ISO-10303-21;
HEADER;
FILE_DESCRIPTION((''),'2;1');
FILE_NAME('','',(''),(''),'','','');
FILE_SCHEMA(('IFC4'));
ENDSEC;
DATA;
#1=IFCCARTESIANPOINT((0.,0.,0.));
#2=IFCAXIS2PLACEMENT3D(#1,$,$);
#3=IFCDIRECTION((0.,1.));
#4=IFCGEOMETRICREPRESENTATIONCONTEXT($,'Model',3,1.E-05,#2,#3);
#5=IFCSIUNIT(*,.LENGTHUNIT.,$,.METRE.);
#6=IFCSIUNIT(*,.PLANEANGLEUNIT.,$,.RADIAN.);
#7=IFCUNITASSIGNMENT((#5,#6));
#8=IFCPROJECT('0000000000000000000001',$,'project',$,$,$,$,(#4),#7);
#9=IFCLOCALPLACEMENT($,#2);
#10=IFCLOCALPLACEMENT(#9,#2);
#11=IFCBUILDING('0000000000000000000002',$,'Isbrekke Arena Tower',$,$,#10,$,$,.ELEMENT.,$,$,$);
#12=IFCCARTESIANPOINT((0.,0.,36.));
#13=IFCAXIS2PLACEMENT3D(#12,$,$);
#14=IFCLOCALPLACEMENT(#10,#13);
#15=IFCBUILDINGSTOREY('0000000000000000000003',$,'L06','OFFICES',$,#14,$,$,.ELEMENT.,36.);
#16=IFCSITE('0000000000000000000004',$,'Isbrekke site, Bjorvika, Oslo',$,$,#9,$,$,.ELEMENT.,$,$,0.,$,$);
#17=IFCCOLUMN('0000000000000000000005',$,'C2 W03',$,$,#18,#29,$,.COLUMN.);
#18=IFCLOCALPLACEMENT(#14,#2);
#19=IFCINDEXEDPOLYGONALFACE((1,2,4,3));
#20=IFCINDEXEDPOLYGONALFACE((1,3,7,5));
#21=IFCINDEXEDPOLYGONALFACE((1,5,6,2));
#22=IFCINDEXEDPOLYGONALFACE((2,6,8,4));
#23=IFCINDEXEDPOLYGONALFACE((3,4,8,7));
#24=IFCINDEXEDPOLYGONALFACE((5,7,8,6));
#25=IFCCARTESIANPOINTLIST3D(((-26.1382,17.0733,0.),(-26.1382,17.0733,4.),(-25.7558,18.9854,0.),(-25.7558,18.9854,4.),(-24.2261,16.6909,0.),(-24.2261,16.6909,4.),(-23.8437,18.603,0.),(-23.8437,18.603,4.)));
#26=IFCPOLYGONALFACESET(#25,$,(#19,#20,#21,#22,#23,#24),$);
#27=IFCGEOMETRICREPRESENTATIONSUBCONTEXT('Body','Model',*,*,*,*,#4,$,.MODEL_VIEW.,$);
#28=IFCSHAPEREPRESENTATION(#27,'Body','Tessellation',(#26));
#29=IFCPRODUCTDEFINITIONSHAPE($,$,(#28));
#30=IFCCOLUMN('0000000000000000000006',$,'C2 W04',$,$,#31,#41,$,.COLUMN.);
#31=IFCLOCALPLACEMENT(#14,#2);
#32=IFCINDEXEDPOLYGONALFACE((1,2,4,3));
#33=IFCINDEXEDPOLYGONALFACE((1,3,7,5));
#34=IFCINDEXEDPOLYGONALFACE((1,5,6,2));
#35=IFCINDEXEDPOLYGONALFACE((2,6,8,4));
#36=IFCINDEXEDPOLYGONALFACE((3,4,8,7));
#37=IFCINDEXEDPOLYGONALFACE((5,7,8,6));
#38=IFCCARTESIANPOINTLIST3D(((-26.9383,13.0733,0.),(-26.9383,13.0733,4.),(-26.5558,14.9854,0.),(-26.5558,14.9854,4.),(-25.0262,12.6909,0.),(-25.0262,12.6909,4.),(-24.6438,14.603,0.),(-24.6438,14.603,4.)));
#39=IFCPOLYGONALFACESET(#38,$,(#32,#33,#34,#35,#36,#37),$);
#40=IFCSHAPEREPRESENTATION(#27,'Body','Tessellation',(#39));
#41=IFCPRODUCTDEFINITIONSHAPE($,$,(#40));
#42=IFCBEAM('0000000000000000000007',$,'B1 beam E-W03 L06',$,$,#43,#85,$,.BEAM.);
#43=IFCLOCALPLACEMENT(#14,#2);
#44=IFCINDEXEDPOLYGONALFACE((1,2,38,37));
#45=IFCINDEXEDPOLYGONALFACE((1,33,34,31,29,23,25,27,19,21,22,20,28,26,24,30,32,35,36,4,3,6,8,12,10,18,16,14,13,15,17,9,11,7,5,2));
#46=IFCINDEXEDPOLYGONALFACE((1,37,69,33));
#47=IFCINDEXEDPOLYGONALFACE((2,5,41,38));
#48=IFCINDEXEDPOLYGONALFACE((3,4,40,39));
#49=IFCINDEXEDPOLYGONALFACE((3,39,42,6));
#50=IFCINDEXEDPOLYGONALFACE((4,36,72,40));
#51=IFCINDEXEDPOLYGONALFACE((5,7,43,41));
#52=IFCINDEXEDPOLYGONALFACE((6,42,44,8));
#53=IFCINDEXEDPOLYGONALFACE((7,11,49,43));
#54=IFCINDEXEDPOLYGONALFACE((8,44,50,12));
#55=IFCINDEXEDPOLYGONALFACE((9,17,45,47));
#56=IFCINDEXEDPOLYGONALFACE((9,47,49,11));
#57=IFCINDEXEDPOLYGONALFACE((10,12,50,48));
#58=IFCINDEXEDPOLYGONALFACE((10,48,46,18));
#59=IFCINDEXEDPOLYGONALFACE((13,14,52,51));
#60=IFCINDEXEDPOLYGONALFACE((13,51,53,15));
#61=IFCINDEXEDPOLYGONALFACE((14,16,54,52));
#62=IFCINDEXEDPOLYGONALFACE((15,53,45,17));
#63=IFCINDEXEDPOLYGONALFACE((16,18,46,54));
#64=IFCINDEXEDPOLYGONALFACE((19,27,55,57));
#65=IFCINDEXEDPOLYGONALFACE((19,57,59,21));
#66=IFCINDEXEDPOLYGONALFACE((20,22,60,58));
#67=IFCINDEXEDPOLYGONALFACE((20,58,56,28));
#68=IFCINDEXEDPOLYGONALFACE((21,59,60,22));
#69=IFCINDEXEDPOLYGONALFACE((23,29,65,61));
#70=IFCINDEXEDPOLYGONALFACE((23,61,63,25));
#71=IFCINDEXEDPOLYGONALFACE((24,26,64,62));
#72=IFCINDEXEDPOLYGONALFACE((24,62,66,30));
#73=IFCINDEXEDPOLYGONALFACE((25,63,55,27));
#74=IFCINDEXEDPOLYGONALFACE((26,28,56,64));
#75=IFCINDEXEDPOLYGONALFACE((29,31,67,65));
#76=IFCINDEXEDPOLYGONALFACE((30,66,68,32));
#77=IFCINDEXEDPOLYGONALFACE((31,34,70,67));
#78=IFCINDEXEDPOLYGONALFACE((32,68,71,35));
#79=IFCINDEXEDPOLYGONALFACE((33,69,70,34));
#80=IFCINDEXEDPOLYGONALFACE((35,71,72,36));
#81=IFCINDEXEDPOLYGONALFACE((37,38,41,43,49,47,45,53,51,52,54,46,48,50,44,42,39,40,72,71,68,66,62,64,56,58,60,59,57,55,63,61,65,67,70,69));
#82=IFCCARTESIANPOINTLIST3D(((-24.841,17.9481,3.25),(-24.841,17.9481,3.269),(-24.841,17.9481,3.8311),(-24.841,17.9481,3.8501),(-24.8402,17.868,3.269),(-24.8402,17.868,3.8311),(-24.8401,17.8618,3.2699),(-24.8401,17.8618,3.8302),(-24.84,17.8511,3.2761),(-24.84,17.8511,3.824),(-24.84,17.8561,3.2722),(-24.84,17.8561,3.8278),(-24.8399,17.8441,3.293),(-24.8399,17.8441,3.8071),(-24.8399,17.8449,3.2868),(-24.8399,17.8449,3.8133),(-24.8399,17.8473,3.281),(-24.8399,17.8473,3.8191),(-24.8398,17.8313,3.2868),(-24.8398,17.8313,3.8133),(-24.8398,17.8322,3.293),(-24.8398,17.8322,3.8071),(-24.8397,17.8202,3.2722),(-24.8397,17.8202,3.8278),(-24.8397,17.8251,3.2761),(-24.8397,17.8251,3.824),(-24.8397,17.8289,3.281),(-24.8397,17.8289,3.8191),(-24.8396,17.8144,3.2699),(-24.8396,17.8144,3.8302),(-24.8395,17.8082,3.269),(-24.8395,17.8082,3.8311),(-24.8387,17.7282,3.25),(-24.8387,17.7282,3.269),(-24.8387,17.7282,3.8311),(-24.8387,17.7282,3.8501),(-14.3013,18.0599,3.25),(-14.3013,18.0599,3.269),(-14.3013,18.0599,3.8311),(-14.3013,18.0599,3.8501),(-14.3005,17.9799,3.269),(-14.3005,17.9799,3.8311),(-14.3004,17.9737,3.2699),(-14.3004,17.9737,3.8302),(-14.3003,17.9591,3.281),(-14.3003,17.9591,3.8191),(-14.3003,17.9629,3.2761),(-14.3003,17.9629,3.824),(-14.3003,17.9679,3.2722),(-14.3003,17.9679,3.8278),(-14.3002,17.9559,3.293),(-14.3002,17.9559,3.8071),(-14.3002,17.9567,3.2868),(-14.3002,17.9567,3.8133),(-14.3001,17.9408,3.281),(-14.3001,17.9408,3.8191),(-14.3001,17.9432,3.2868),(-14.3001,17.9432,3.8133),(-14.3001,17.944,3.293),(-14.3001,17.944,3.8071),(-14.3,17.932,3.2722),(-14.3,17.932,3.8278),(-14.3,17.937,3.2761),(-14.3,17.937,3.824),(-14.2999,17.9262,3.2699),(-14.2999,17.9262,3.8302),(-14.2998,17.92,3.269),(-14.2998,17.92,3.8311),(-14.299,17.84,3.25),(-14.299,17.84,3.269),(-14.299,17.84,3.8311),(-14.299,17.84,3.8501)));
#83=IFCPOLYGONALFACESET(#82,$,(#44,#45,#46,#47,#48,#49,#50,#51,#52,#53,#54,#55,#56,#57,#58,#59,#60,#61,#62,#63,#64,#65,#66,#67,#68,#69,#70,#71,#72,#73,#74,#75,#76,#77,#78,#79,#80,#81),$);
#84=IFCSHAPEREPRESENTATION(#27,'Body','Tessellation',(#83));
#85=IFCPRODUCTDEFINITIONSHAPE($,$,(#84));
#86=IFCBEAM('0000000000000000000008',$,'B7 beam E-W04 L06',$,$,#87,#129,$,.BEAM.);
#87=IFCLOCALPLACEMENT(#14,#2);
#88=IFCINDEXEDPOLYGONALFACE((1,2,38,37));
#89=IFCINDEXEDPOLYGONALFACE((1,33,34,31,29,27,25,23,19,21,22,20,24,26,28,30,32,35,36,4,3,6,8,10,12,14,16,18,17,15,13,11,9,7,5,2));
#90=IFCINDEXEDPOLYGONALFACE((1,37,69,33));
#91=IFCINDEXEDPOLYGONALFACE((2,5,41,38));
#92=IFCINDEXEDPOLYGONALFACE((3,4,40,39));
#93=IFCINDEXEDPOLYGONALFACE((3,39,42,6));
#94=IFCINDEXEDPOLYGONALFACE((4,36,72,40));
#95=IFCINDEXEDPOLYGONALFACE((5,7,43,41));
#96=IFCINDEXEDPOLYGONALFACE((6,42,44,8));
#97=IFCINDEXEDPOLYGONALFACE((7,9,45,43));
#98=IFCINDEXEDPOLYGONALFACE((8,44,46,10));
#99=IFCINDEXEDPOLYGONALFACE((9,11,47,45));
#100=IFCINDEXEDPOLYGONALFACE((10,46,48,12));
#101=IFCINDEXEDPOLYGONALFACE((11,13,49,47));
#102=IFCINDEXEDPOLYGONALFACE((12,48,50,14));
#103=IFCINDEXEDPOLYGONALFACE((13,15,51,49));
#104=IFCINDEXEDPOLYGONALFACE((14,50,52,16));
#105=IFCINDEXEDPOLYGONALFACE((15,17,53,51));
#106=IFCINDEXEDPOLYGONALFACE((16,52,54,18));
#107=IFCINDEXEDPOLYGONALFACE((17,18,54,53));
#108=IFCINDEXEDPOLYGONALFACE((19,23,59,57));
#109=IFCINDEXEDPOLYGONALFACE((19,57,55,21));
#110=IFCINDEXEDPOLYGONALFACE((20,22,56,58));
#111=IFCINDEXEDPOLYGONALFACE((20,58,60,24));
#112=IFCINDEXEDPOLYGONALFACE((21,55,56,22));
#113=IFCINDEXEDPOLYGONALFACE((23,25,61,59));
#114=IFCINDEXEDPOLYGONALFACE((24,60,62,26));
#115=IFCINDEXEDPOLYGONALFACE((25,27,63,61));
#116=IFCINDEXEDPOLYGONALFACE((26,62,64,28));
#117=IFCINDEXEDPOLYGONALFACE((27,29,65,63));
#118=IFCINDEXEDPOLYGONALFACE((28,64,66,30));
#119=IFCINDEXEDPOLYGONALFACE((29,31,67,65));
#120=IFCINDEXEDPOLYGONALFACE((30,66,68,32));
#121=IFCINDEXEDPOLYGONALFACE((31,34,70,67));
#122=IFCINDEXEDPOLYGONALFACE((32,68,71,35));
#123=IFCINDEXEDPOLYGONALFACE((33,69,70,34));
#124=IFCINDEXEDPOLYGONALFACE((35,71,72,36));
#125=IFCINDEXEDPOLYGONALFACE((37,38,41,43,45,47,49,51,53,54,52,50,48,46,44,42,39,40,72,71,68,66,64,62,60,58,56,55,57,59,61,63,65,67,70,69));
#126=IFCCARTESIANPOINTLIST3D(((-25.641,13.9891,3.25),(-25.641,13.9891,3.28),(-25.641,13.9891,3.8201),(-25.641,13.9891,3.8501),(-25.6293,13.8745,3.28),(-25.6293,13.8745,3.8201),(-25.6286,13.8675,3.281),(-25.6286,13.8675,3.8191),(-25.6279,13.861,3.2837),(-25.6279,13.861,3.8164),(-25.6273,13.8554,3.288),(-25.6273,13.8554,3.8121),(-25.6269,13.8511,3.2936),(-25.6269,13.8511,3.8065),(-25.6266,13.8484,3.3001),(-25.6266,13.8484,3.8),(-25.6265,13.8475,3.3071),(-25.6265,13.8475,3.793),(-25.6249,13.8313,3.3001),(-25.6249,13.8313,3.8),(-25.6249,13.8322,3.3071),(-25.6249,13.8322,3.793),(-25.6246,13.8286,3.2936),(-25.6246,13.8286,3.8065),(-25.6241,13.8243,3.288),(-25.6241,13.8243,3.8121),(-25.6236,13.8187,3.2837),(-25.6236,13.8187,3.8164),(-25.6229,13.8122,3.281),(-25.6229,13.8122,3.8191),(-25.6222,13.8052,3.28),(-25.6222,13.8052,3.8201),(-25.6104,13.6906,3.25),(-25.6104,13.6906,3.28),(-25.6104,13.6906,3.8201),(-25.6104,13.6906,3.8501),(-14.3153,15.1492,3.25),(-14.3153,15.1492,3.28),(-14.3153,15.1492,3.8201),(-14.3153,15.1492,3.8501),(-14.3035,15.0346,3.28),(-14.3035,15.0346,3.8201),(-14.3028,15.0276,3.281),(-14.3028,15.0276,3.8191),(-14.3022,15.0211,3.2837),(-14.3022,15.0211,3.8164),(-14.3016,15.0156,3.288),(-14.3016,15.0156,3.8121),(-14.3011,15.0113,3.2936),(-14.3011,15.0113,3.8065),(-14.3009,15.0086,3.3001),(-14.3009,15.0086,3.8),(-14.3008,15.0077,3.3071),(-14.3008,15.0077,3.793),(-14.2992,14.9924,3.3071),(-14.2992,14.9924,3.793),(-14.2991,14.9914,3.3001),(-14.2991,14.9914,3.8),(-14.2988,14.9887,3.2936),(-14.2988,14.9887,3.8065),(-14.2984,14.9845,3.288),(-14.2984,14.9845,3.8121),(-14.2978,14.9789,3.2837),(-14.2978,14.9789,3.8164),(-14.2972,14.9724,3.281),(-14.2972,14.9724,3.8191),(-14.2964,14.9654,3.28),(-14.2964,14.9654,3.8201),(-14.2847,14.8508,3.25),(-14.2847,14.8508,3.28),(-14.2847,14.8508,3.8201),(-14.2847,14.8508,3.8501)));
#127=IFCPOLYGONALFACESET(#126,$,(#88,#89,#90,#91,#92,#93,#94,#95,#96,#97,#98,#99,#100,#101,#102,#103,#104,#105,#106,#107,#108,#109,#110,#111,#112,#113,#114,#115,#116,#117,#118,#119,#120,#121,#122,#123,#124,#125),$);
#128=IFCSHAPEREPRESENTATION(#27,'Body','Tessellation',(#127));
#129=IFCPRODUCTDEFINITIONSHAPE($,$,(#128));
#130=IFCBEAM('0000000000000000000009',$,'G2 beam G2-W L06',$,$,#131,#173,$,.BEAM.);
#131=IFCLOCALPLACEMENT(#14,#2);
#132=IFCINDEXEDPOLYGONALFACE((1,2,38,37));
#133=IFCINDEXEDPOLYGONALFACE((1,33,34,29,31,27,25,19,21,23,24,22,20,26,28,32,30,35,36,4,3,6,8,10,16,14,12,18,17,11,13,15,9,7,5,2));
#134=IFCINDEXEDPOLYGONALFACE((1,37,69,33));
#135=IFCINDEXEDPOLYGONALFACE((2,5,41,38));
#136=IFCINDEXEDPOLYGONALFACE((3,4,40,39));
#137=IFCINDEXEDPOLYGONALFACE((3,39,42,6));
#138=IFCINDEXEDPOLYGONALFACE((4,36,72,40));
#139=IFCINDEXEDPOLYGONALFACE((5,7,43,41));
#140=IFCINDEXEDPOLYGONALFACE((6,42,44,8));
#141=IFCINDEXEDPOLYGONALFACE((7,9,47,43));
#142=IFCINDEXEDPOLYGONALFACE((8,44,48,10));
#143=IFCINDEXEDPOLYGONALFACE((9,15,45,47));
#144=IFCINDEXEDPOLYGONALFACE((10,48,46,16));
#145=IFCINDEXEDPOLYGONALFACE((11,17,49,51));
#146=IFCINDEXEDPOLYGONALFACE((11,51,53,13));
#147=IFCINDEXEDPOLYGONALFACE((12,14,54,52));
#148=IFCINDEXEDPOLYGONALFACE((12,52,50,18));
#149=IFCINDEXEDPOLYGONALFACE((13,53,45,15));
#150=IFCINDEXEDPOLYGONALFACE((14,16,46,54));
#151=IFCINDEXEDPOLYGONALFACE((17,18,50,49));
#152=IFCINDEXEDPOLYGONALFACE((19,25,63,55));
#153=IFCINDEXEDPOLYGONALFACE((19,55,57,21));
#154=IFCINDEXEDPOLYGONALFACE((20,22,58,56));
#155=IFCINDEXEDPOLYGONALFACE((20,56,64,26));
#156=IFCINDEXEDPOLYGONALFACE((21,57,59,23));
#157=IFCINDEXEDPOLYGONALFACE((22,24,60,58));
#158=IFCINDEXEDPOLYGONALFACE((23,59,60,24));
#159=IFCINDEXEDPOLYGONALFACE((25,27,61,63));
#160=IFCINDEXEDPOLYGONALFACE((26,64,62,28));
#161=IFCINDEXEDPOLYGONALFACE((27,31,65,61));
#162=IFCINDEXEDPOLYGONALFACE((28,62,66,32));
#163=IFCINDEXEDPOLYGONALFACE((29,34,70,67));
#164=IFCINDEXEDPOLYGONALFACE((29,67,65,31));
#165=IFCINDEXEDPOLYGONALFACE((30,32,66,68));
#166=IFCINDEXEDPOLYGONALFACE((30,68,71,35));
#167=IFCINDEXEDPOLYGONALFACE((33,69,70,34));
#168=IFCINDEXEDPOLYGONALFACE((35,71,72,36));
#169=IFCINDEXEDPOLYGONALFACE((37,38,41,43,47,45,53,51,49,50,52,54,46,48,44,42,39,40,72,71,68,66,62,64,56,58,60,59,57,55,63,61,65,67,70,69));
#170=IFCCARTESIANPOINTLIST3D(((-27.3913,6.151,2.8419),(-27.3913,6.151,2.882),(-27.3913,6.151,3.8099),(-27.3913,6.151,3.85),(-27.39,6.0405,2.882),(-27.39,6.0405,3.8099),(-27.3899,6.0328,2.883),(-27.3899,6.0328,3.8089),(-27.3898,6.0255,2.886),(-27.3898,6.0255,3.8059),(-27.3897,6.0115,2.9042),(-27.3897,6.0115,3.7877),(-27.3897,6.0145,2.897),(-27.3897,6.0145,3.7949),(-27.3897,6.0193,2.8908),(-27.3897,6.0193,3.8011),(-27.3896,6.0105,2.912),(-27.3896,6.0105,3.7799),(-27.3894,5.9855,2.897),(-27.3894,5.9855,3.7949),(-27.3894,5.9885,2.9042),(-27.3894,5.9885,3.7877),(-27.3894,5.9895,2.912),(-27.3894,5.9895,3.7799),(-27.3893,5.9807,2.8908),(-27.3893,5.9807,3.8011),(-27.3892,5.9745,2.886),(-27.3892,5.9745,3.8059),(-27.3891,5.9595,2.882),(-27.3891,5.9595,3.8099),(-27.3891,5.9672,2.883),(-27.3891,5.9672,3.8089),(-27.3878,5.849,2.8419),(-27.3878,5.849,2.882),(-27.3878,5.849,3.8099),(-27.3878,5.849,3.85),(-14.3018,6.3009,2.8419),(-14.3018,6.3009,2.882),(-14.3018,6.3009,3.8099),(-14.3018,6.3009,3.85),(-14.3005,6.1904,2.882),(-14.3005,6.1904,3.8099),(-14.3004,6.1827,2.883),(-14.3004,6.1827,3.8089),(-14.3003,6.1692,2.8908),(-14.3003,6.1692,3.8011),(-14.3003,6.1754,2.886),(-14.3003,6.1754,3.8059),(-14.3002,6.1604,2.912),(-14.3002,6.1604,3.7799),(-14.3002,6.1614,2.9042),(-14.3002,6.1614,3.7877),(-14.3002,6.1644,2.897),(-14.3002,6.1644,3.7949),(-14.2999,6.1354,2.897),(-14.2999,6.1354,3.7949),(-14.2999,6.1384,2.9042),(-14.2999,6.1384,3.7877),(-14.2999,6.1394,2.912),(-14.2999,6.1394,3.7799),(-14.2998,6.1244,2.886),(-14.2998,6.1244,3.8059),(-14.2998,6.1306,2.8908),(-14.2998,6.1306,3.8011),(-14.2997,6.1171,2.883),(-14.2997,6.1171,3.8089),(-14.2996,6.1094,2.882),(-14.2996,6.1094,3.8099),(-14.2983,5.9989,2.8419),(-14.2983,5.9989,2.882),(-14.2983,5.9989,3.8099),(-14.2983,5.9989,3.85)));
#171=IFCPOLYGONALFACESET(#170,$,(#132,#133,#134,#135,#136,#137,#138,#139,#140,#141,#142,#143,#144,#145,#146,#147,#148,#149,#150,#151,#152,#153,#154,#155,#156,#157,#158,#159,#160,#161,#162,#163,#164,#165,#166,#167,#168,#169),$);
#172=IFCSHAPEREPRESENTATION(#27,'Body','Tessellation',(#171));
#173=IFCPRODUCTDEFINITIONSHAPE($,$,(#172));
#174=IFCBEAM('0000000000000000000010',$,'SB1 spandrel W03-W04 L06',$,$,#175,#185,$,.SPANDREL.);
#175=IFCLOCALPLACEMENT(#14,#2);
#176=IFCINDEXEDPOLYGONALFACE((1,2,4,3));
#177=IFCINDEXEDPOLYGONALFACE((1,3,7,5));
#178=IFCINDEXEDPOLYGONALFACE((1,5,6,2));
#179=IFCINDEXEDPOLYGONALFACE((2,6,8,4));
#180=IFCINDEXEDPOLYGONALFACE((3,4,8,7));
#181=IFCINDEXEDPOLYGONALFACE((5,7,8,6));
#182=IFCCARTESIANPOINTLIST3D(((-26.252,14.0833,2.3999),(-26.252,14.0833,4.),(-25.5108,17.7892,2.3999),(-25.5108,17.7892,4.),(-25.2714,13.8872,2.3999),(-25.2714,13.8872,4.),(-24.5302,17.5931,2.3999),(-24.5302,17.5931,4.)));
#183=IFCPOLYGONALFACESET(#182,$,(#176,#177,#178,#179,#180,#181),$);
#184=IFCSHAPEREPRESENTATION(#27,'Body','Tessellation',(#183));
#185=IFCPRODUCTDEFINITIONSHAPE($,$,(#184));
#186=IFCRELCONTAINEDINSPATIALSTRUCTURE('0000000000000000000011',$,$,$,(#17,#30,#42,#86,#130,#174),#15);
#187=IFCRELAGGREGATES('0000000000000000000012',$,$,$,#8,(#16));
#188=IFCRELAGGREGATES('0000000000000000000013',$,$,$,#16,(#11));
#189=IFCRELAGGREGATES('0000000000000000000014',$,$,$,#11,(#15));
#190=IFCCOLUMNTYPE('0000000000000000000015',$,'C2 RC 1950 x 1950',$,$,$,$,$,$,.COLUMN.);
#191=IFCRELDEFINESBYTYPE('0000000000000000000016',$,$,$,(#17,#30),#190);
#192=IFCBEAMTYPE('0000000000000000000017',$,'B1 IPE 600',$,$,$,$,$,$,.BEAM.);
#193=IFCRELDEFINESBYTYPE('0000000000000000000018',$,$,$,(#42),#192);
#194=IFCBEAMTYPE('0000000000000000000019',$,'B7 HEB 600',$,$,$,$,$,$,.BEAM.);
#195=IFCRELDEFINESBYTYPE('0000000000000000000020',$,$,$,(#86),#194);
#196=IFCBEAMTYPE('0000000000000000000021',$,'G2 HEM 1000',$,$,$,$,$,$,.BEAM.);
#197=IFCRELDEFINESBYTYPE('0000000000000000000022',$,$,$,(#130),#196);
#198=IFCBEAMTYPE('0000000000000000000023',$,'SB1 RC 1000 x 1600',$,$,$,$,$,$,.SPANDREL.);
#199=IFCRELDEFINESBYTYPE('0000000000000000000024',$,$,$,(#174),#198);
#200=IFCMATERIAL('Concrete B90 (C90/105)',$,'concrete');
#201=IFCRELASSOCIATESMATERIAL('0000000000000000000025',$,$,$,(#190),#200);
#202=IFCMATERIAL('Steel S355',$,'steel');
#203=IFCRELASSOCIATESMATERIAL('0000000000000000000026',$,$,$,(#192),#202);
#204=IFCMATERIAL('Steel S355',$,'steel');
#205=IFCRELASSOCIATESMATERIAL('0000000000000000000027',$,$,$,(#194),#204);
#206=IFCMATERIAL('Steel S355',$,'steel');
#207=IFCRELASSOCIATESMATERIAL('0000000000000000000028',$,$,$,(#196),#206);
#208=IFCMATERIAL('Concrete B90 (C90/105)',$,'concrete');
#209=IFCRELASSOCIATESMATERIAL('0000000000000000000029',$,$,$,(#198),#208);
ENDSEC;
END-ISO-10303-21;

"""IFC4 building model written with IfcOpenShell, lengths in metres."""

from ifc_helpers import new_model, si_unit, direction, frame, origin, origin_2d, place, context, subcontext, project, spatial, rectangle, i_section, extrude, material, material_profile, profile_set, type_object, element, save


model = new_model("IFC4")

# Units and contexts
model_context = context("Model", 3, precision=1e-05, world=origin(), true_north=direction((0.0, 1.0)))
body_context = subcontext(model_context, "Body", "Model", "MODEL_VIEW")
ifc_project = project(units=[si_unit("LENGTHUNIT", "METRE"), si_unit("PLANEANGLEUNIT", "RADIAN")], contexts=[model_context])

# Site, building, storey
site_placement = place(None, origin())
site = spatial("IfcSite", under=ifc_project, at=site_placement, Name="Isbrekke site, Bjorvika, Oslo", CompositionType="ELEMENT", RefElevation=0.0)
building_placement = place(site_placement, origin())
building = spatial("IfcBuilding", under=site, at=building_placement, Name="Isbrekke Arena Tower", CompositionType="ELEMENT")
storey_placement = place(building_placement, frame((0.0, 0.0, 36.0)))
storey = spatial("IfcBuildingStorey", under=building, at=storey_placement, Name="L06", Description="OFFICES", CompositionType="ELEMENT", Elevation=36.0)

# Columns
ifc_material_1 = material(Name="Concrete B90 (C90/105)", Category="concrete")
ifc_material_profile_1 = material_profile(ifc_material_1, rectangle(XDim=1.95, YDim=1.95, at=origin_2d()), Name="RC 1950x1950")
ifc_profile_set_1 = profile_set([ifc_material_profile_1], Name="Concrete B90 (C90/105)")
column_type = type_object("IfcColumnType", Name="C2 RC 1950 x 1950", PredefinedType="COLUMN", material=ifc_profile_set_1)
for number, where, z_axis, x_axis, name in (
    (1, (-24.991, 17.8381, 0.0), (0.0, 0.0, 1.0), (-0.196116, -0.980581, 0.0), "C2 W03"),
    (2, (-25.791, 13.8381, 0.0), (0.0, 0.0, 1.0), (-0.196116, -0.980581, 0.0), "C2 W04"),
):
    element("IfcColumn", number, at=place(storey_placement, frame(where, z_axis=z_axis, x_axis=x_axis)), inside=storey, type_object=column_type, Name=name, PredefinedType="COLUMN", context=body_context, shape_type="SweptSolid", body=[
        extrude(rectangle(XDim=1.95, YDim=1.95, at=origin_2d()), origin(), (0.0, 0.0, 1.0), 4.0),
    ])

# Beams
ifc_material_2 = material(Name="Steel S355", Category="steel")
ifc_material_profile_2 = material_profile(ifc_material_2, i_section(OverallWidth=0.22, OverallDepth=0.6001, WebThickness=0.012, FlangeThickness=0.019, FilletRadius=0.0239, at=origin_2d()), Name="IPE 600")
ifc_profile_set_2 = profile_set([ifc_material_profile_2], Name="Steel S355")
beam_type_1 = type_object("IfcBeamType", Name="B1 IPE 600", PredefinedType="BEAM", material=ifc_profile_set_2)
beam_1_placement = place(storey_placement, frame((-24.8398, 17.8381, 3.55), z_axis=(0.999944, 0.010608, 0.0), x_axis=(-0.010608, 0.999944, 0.0)))
element("IfcBeam", 3, at=beam_1_placement, inside=storey, type_object=beam_type_1, Name="B1 beam E-W03 L06", PredefinedType="BEAM", context=body_context, shape_type="SweptSolid", body=[
    extrude(i_section(OverallWidth=0.22, OverallDepth=0.6001, WebThickness=0.012, FlangeThickness=0.019, FilletRadius=0.0239, at=origin_2d()), origin(), (0.0, 0.0, 1.0), 10.5403),
])
ifc_material_3 = material(Name="Steel S355", Category="steel")
ifc_material_profile_3 = material_profile(ifc_material_3, i_section(OverallWidth=0.3, OverallDepth=0.6001, WebThickness=0.0154, FlangeThickness=0.03, FilletRadius=0.0271, at=origin_2d()), Name="HEB 600")
ifc_profile_set_3 = profile_set([ifc_material_profile_3], Name="Steel S355")
beam_type_2 = type_object("IfcBeamType", Name="B7 HEB 600", PredefinedType="BEAM", material=ifc_profile_set_3)
beam_2_placement = place(storey_placement, frame((-25.6257, 13.8398, 3.55), z_axis=(0.994794, 0.101903, 0.0), x_axis=(-0.101903, 0.994794, 0.0)))
element("IfcBeam", 4, at=beam_2_placement, inside=storey, type_object=beam_type_2, Name="B7 beam E-W04 L06", PredefinedType="BEAM", context=body_context, shape_type="SweptSolid", body=[
    extrude(i_section(OverallWidth=0.3, OverallDepth=0.6001, WebThickness=0.0154, FlangeThickness=0.03, FilletRadius=0.0271, at=origin_2d()), origin(), (0.0, 0.0, 1.0), 11.385),
])
ifc_material_4 = material(Name="Steel S355", Category="steel")
ifc_material_profile_4 = material_profile(ifc_material_4, i_section(OverallWidth=0.302, OverallDepth=1.0081, WebThickness=0.021, FlangeThickness=0.04, FilletRadius=0.03, at=origin_2d()), Name="HEM 1000")
ifc_profile_set_4 = profile_set([ifc_material_profile_4], Name="Steel S355")
beam_type_3 = type_object("IfcBeamType", Name="G2 HEM 1000", PredefinedType="BEAM", material=ifc_profile_set_4)
beam_3_placement = place(storey_placement, frame((-14.3, 6.1499, 3.3459), z_axis=(-0.999934, -0.011451, 0.0), x_axis=(0.011451, -0.999934, 0.0)))
element("IfcBeam", 5, at=beam_3_placement, inside=storey, type_object=beam_type_3, Name="G2 beam G2-W L06", PredefinedType="BEAM", context=body_context, shape_type="SweptSolid", body=[
    extrude(i_section(OverallWidth=0.302, OverallDepth=1.0081, WebThickness=0.021, FlangeThickness=0.04, FilletRadius=0.03, at=origin_2d()), origin(), (0.0, 0.0, 1.0), 13.0903),
])
ifc_material_5 = material(Name="Concrete B90 (C90/105)", Category="concrete")
ifc_material_profile_5 = material_profile(ifc_material_5, rectangle(XDim=1.0, YDim=1.6001, at=origin_2d()), Name="RC 1000x1600")
ifc_profile_set_5 = profile_set([ifc_material_profile_5], Name="Concrete B90 (C90/105)")
beam_type_4 = type_object("IfcBeamType", Name="SB1 RC 1000 x 1600", PredefinedType="SPANDREL", material=ifc_profile_set_5)
beam_4_placement = place(storey_placement, frame((-25.0205, 17.6912, 3.2), z_axis=(-0.196129, -0.980578, 0.0), x_axis=(0.980578, -0.196129, 0.0)))
element("IfcBeam", 6, at=beam_4_placement, inside=storey, type_object=beam_type_4, Name="SB1 spandrel W03-W04 L06", PredefinedType="SPANDREL", context=body_context, shape_type="SweptSolid", body=[
    extrude(rectangle(XDim=1.0, YDim=1.6001, at=origin_2d()), origin(), (0.0, 0.0, 1.0), 3.7793),
])

save(model, "model.ifc")
